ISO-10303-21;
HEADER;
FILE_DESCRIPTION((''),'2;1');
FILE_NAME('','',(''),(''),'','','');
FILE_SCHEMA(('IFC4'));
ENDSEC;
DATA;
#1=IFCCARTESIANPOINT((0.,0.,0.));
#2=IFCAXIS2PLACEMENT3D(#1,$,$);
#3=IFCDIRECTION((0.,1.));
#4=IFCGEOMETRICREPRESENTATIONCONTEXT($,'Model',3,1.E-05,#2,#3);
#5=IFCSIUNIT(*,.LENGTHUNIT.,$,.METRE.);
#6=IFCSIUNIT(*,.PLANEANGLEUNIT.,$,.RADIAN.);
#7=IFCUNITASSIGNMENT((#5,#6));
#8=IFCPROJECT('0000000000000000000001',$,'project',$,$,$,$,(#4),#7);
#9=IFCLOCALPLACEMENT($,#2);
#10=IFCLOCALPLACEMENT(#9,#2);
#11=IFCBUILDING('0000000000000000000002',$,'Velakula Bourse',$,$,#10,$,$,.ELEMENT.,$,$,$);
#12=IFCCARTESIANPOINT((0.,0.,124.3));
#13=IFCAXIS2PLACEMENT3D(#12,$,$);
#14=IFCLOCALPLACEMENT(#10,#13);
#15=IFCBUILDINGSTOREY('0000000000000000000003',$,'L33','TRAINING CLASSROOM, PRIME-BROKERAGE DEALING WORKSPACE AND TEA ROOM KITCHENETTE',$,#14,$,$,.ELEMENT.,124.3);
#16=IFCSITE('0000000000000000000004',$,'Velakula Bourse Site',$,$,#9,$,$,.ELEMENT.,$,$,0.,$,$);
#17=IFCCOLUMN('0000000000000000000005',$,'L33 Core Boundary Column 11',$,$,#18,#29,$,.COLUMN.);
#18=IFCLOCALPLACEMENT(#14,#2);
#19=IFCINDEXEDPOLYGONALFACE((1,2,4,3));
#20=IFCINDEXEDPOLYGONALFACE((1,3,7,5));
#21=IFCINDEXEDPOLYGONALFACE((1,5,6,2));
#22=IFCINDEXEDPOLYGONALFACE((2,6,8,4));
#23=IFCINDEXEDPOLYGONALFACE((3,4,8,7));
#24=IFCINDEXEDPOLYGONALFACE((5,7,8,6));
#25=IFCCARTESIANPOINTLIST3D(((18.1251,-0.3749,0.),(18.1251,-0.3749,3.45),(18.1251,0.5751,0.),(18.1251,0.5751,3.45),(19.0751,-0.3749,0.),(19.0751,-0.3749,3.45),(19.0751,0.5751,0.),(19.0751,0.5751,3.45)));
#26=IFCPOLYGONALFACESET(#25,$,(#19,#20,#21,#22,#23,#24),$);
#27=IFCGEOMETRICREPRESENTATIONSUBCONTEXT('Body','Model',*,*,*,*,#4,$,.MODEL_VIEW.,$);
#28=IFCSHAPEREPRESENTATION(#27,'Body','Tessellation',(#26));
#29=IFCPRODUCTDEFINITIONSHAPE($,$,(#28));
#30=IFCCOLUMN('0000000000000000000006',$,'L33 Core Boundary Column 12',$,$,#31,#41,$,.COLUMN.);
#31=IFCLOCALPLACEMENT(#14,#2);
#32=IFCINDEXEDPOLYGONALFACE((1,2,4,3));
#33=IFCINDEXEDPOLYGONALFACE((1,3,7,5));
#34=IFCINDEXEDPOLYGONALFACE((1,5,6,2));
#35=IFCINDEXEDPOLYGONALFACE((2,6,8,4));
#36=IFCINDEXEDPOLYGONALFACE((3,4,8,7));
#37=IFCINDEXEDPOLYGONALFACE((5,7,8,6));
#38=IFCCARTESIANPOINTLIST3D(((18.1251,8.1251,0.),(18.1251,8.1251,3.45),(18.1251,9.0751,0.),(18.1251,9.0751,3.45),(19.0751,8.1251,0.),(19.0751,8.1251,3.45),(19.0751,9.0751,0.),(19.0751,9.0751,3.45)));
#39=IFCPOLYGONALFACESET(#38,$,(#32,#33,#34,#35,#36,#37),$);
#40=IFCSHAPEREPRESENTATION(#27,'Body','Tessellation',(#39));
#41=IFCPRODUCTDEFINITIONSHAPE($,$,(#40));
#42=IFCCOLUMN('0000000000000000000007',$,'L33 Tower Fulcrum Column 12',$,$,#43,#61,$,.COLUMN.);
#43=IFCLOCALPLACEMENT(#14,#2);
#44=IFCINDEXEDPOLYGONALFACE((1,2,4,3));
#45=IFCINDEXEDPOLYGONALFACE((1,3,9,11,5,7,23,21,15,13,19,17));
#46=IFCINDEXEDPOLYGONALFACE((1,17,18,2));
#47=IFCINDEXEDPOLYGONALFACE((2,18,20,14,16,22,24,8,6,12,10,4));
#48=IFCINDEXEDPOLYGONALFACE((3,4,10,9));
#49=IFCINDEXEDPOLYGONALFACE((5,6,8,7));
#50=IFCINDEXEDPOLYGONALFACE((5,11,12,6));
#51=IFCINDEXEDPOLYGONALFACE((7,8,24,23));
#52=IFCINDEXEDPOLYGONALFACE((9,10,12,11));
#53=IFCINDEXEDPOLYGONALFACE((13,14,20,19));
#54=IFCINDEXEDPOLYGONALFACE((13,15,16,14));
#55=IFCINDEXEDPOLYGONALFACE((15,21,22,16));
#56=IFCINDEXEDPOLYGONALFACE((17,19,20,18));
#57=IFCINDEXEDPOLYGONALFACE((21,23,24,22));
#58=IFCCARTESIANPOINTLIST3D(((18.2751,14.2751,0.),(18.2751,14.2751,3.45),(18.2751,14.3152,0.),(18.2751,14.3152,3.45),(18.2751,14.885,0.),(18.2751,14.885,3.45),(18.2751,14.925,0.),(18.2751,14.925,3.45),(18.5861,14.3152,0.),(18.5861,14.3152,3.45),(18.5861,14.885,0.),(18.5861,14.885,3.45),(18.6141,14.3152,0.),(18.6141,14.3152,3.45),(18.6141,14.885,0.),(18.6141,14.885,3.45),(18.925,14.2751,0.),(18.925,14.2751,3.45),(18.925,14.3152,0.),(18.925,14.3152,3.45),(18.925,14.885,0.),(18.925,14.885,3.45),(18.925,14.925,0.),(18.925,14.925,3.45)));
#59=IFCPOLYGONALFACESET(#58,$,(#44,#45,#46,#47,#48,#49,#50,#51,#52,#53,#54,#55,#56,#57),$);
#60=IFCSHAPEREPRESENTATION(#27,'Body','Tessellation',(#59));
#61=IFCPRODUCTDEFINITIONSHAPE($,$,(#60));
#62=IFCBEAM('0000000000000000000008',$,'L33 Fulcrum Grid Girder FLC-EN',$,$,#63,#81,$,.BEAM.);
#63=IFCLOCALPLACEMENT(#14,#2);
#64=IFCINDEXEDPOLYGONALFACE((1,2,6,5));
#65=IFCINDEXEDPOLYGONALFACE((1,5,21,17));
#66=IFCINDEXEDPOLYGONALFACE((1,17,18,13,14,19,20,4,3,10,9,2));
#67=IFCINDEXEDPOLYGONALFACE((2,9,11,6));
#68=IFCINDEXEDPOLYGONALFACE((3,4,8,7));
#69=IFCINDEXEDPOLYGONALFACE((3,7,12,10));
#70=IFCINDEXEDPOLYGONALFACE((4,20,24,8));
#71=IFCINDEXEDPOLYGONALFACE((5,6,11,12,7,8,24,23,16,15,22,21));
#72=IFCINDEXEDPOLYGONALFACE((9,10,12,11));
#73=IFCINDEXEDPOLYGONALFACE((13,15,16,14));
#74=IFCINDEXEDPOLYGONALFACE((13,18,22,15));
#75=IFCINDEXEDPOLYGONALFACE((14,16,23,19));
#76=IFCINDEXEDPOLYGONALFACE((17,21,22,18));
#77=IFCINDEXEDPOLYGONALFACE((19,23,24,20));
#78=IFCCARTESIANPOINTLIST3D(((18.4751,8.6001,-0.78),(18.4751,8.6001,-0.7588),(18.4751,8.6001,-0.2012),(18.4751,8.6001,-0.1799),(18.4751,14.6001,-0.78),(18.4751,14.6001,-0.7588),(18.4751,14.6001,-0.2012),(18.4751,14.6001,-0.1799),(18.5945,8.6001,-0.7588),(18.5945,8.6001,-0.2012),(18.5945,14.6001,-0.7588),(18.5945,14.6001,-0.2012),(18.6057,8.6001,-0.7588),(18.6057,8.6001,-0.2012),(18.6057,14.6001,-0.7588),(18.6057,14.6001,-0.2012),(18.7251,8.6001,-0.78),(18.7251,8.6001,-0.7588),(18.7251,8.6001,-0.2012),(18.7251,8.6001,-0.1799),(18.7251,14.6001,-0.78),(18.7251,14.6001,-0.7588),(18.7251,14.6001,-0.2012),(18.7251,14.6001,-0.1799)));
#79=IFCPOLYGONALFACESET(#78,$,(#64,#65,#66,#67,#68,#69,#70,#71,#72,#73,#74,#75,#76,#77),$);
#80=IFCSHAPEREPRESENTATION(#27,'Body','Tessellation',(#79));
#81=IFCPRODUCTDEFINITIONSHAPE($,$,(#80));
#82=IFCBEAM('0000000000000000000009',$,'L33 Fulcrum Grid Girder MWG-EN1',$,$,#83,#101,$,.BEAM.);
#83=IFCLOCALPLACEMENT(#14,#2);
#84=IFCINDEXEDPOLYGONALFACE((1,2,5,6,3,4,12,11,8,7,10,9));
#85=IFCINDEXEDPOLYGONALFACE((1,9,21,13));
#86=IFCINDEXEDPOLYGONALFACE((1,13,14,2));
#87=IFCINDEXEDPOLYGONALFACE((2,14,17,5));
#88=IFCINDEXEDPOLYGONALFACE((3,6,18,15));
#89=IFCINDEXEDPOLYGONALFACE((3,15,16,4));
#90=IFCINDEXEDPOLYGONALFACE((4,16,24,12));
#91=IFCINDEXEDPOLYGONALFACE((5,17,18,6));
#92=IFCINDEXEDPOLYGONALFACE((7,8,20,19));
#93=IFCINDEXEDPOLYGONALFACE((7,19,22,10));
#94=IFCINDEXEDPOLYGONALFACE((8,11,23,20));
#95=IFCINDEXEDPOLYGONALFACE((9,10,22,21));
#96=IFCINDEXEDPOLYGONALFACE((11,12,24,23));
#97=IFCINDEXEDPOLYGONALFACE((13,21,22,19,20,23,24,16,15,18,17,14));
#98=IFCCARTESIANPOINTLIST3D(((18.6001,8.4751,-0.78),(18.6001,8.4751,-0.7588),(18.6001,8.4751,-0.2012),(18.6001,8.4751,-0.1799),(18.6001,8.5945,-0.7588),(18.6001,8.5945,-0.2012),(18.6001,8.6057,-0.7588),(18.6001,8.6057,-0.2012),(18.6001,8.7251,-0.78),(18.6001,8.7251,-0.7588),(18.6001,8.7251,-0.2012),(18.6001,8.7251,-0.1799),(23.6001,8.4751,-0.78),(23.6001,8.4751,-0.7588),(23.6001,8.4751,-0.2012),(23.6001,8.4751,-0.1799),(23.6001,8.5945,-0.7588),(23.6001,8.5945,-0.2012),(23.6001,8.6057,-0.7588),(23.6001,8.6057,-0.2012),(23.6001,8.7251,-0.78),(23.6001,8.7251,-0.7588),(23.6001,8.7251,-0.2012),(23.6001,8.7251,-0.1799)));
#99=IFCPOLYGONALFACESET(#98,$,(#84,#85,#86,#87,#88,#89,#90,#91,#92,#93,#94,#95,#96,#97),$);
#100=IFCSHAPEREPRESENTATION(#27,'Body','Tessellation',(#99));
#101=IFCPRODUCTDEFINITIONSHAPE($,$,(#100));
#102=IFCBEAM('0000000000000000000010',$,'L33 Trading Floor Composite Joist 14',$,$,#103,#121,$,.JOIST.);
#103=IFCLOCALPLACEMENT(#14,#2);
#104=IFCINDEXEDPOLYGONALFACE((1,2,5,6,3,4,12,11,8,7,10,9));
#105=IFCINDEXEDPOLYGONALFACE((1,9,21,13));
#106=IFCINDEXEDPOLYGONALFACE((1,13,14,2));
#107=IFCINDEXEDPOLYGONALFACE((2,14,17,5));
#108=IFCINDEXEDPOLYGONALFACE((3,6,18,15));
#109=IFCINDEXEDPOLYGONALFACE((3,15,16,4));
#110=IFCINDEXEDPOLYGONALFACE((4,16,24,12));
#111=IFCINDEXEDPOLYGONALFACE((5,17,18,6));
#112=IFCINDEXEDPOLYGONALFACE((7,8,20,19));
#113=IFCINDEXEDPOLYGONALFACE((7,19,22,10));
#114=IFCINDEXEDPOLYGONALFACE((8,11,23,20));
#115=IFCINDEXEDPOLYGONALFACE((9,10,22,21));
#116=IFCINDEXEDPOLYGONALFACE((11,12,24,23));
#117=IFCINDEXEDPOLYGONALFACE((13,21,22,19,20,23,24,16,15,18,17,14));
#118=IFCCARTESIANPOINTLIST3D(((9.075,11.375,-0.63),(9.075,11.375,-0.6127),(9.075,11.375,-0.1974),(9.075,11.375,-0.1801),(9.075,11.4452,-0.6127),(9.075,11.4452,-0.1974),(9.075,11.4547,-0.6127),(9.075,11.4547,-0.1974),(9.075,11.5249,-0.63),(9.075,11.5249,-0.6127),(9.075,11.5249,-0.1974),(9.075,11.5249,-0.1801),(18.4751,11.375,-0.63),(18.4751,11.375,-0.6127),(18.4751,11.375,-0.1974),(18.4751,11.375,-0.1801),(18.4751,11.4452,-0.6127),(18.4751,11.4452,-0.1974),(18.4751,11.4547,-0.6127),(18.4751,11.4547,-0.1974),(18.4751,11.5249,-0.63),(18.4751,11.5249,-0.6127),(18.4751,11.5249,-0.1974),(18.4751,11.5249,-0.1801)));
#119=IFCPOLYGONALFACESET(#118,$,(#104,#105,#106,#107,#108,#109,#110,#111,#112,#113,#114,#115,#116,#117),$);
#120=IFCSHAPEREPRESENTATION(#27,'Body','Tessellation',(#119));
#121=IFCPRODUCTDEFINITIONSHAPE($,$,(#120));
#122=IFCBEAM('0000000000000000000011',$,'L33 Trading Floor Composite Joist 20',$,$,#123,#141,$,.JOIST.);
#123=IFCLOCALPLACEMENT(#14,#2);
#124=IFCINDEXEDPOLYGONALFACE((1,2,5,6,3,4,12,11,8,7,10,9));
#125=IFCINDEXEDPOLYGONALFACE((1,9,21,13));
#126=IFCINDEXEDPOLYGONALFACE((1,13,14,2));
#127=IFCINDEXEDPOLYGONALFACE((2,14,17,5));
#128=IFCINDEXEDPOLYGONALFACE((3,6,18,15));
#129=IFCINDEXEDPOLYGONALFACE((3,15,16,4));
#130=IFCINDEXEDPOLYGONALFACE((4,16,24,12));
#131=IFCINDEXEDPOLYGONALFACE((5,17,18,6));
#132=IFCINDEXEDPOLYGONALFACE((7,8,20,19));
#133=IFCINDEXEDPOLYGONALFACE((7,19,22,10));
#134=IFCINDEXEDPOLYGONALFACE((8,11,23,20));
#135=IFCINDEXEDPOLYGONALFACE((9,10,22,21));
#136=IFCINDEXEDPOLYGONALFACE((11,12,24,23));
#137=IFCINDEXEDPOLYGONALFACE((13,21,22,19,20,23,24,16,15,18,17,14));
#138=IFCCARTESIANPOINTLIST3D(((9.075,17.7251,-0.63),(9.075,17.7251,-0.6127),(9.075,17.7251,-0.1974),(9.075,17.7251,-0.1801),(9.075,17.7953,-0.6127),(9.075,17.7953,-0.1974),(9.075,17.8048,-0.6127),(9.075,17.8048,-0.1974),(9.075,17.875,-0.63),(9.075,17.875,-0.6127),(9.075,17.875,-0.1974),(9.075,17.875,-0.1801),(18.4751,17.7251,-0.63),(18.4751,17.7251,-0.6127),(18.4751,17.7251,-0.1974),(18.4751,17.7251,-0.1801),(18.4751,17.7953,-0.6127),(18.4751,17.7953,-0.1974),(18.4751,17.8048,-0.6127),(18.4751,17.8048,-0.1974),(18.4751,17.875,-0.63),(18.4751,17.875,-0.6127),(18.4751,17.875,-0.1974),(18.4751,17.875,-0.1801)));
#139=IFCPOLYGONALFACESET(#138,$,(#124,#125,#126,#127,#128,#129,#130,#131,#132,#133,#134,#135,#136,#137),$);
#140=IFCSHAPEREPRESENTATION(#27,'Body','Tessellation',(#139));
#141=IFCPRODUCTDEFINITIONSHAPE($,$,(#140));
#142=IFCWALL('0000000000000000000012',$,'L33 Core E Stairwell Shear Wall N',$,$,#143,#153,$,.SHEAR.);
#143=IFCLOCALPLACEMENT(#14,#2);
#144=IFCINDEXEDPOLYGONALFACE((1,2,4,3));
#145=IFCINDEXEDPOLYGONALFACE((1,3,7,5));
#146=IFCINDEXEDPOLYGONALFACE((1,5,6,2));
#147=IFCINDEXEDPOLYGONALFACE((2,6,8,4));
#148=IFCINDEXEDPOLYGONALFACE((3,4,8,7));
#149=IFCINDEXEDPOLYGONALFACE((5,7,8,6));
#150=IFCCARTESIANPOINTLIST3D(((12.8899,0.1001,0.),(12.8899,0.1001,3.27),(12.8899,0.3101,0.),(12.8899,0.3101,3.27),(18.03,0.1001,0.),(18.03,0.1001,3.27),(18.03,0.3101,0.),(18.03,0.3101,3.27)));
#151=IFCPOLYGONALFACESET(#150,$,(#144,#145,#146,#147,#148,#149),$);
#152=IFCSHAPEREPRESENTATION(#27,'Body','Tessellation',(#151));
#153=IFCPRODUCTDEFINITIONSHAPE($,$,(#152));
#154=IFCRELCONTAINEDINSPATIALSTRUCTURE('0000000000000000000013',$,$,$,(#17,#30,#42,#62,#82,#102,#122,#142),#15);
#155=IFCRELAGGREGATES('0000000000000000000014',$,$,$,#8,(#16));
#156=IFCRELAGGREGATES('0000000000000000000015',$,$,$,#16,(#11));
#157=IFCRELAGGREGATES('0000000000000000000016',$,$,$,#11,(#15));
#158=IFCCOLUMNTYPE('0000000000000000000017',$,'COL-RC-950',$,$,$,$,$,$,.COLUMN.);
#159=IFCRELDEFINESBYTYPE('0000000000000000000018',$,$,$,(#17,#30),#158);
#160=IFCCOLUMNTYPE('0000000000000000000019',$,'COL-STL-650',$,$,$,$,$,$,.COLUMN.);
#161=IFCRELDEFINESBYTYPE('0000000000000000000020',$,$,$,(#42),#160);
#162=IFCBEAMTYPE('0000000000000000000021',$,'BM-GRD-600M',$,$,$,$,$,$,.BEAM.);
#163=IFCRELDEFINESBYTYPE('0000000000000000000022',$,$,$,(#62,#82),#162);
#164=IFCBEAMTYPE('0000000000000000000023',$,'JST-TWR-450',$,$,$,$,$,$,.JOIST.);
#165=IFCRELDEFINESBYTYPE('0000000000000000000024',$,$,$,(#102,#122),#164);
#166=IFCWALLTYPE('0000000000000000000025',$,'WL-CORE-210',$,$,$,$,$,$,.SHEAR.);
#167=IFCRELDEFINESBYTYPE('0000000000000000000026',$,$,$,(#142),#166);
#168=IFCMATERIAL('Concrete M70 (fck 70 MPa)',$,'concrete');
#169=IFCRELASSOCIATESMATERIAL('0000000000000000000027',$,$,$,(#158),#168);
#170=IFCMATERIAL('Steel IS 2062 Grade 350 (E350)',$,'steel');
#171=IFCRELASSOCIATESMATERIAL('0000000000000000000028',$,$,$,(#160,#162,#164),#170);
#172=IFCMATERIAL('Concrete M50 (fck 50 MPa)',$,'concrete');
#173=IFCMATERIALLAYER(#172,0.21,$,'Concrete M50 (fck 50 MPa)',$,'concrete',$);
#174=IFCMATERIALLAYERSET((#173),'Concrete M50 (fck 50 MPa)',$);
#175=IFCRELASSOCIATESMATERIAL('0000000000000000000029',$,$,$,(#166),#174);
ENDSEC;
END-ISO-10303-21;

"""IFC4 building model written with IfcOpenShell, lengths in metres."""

from ifc_helpers import new_model, si_unit, direction, frame, frame_2d, origin, origin_2d, place, context, subcontext, project, spatial, rectangle, i_section, extrude, material, layer, layer_set, material_profile, profile_set, type_object, element, save


model = new_model("IFC4")

# Units and contexts
model_context = context("Model", 3, precision=1e-05, world=origin(), true_north=direction((0.0, 1.0)))
body_context = subcontext(model_context, "Body", "Model", "MODEL_VIEW")
ifc_project = project(units=[si_unit("LENGTHUNIT", "METRE"), si_unit("PLANEANGLEUNIT", "RADIAN")], contexts=[model_context])

# Site, building, storey
site_placement = place(None, origin())
site = spatial("IfcSite", under=ifc_project, at=site_placement, Name="Velakula Bourse Site", CompositionType="ELEMENT", RefElevation=0.0)
building_placement = place(site_placement, origin())
building = spatial("IfcBuilding", under=site, at=building_placement, Name="Velakula Bourse", CompositionType="ELEMENT")
storey_placement = place(building_placement, frame((0.0, 0.0, 124.3)))
storey = spatial("IfcBuildingStorey", under=building, at=storey_placement, Name="L33", Description="TRAINING CLASSROOM, PRIME-BROKERAGE DEALING WORKSPACE AND TEA ROOM KITCHENETTE", CompositionType="ELEMENT", Elevation=124.3)

# Columns
ifc_material_1 = material(Name="Concrete M70 (fck 70 MPa)", Category="concrete")
ifc_material_profile_1 = material_profile(ifc_material_1, rectangle(XDim=0.95, YDim=0.95, at=origin_2d()), Name="Concrete M70 (fck 70 MPa)")
ifc_profile_set_1 = profile_set([ifc_material_profile_1], Name="Concrete M70 (fck 70 MPa)")
column_type_1 = type_object("IfcColumnType", Name="COL-RC-950", PredefinedType="COLUMN", material=ifc_profile_set_1)
for number, where, z_axis, x_axis, name in (
    (1, (18.6001, 0.1001, 0.0), (0.0, 0.0, 1.0), (1.0, 0.0, 0.0), "L33 Core Boundary Column 11"),
    (2, (18.6001, 8.6001, 0.0), (0.0, 0.0, 1.0), (1.0, 0.0, 0.0), "L33 Core Boundary Column 12"),
):
    element("IfcColumn", number, at=place(storey_placement, frame(where, z_axis=z_axis, x_axis=x_axis)), inside=storey, type_object=column_type_1, Name=name, PredefinedType="COLUMN", context=body_context, shape_type="SweptSolid", body=[
        extrude(rectangle(XDim=0.95, YDim=0.95, at=origin_2d()), origin(), (0.0, 0.0, 1.0), 3.45),
    ])
ifc_material_2 = material(Name="Steel IS 2062 Grade 350 (E350)", Category="steel")
ifc_material_profile_2 = material_profile(ifc_material_2, i_section(OverallWidth=0.6499, OverallDepth=0.6499, WebThickness=0.0281, FlangeThickness=0.04, at=origin_2d()), Name="Steel IS 2062 Grade 350 (E350)")
ifc_profile_set_2 = profile_set([ifc_material_profile_2], Name="Steel IS 2062 Grade 350 (E350)")
column_type_2 = type_object("IfcColumnType", Name="COL-STL-650", PredefinedType="COLUMN", material=ifc_profile_set_2)
column_placement = place(storey_placement, frame((18.6001, 14.6001, 0.0), z_axis=(0.0, 0.0, 1.0), x_axis=(1.0, 0.0, 0.0)))
element("IfcColumn", 3, at=column_placement, inside=storey, type_object=column_type_2, Name="L33 Tower Fulcrum Column 12", PredefinedType="COLUMN", context=body_context, shape_type="SweptSolid", body=[
    extrude(i_section(OverallWidth=0.6499, OverallDepth=0.6499, WebThickness=0.0281, FlangeThickness=0.04, at=origin_2d()), origin(), (0.0, 0.0, 1.0), 3.45),
])

# Beams
ifc_material_profile_3 = material_profile(ifc_material_2, i_section(OverallWidth=0.25, OverallDepth=0.6001, WebThickness=0.0112, FlangeThickness=0.0212, at=origin_2d()), Name="Steel IS 2062 Grade 350 (E350)")
ifc_profile_set_3 = profile_set([ifc_material_profile_3], Name="Steel IS 2062 Grade 350 (E350)")
beam_type_1 = type_object("IfcBeamType", Name="BM-GRD-600M", PredefinedType="BEAM", material=ifc_profile_set_3)
beam_1_placement = place(storey_placement, frame((18.6001, 8.6001, -0.48), z_axis=(0.0, 1.0, 0.0), x_axis=(-1.0, 0.0, 0.0)))
element("IfcBeam", 4, at=beam_1_placement, inside=storey, type_object=beam_type_1, Name="L33 Fulcrum Grid Girder FLC-EN", PredefinedType="BEAM", context=body_context, shape_type="SweptSolid", body=[
    extrude(i_section(OverallWidth=0.25, OverallDepth=0.6001, WebThickness=0.0112, FlangeThickness=0.0212, at=origin_2d()), origin(), (0.0, 0.0, 1.0), 6.0),
])
beam_2_placement = place(storey_placement, frame((18.6001, 8.6001, -0.48), z_axis=(1.0, 0.0, 0.0), x_axis=(0.0, 1.0, 0.0)))
element("IfcBeam", 5, at=beam_2_placement, inside=storey, type_object=beam_type_1, Name="L33 Fulcrum Grid Girder MWG-EN1", PredefinedType="BEAM", context=body_context, shape_type="SweptSolid", body=[
    extrude(i_section(OverallWidth=0.25, OverallDepth=0.6001, WebThickness=0.0112, FlangeThickness=0.0212, at=origin_2d()), origin(), (0.0, 0.0, 1.0), 5.0),
])
ifc_material_profile_4 = material_profile(ifc_material_2, i_section(OverallWidth=0.1499, OverallDepth=0.45, WebThickness=0.0095, FlangeThickness=0.0173, at=origin_2d()), Name="Steel IS 2062 Grade 350 (E350)")
ifc_profile_set_4 = profile_set([ifc_material_profile_4], Name="Steel IS 2062 Grade 350 (E350)")
beam_type_2 = type_object("IfcBeamType", Name="JST-TWR-450", PredefinedType="JOIST", material=ifc_profile_set_4)
for number, where, z_axis, x_axis, name in (
    (6, (9.075, 11.45, -0.405), (1.0, 0.0, 0.0), (0.0, 1.0, 0.0), "L33 Trading Floor Composite Joist 14"),
    (7, (9.075, 17.8, -0.405), (1.0, 0.0, 0.0), (0.0, 1.0, 0.0), "L33 Trading Floor Composite Joist 20"),
):
    element("IfcBeam", number, at=place(storey_placement, frame(where, z_axis=z_axis, x_axis=x_axis)), inside=storey, type_object=beam_type_2, Name=name, PredefinedType="JOIST", context=body_context, shape_type="SweptSolid", body=[
        extrude(i_section(OverallWidth=0.1499, OverallDepth=0.45, WebThickness=0.0095, FlangeThickness=0.0173, at=origin_2d()), origin(), (0.0, 0.0, 1.0), 9.4001),
    ])

# Wall
ifc_material_3 = material(Name="Concrete M50 (fck 50 MPa)", Category="concrete")
ifc_layer_1 = layer(ifc_material_3, 0.21, Name="Concrete M50 (fck 50 MPa)", Category="concrete")
ifc_layer_set_1 = layer_set([ifc_layer_1], Name="Concrete M50 (fck 50 MPa)")
wall_type_1 = type_object("IfcWallType", Name="WL-CORE-210", PredefinedType="SHEAR", material=ifc_layer_set_1)
wall_1_placement = place(storey_placement, frame((18.03, 0.2051, 0.0), z_axis=(0.0, 0.0, 1.0), x_axis=(-1.0, 0.0, 0.0)))
element("IfcWall", 8, at=wall_1_placement, inside=storey, type_object=wall_type_1, Name="L33 Core E Stairwell Shear Wall N", PredefinedType="SHEAR", context=body_context, shape_type="SweptSolid", body=[
    extrude(rectangle(XDim=5.1401, YDim=0.21, at=frame_2d((2.5701, 0.0))), origin(), (0.0, 0.0, 1.0), 3.27),
])

save(model, "model.ifc")
